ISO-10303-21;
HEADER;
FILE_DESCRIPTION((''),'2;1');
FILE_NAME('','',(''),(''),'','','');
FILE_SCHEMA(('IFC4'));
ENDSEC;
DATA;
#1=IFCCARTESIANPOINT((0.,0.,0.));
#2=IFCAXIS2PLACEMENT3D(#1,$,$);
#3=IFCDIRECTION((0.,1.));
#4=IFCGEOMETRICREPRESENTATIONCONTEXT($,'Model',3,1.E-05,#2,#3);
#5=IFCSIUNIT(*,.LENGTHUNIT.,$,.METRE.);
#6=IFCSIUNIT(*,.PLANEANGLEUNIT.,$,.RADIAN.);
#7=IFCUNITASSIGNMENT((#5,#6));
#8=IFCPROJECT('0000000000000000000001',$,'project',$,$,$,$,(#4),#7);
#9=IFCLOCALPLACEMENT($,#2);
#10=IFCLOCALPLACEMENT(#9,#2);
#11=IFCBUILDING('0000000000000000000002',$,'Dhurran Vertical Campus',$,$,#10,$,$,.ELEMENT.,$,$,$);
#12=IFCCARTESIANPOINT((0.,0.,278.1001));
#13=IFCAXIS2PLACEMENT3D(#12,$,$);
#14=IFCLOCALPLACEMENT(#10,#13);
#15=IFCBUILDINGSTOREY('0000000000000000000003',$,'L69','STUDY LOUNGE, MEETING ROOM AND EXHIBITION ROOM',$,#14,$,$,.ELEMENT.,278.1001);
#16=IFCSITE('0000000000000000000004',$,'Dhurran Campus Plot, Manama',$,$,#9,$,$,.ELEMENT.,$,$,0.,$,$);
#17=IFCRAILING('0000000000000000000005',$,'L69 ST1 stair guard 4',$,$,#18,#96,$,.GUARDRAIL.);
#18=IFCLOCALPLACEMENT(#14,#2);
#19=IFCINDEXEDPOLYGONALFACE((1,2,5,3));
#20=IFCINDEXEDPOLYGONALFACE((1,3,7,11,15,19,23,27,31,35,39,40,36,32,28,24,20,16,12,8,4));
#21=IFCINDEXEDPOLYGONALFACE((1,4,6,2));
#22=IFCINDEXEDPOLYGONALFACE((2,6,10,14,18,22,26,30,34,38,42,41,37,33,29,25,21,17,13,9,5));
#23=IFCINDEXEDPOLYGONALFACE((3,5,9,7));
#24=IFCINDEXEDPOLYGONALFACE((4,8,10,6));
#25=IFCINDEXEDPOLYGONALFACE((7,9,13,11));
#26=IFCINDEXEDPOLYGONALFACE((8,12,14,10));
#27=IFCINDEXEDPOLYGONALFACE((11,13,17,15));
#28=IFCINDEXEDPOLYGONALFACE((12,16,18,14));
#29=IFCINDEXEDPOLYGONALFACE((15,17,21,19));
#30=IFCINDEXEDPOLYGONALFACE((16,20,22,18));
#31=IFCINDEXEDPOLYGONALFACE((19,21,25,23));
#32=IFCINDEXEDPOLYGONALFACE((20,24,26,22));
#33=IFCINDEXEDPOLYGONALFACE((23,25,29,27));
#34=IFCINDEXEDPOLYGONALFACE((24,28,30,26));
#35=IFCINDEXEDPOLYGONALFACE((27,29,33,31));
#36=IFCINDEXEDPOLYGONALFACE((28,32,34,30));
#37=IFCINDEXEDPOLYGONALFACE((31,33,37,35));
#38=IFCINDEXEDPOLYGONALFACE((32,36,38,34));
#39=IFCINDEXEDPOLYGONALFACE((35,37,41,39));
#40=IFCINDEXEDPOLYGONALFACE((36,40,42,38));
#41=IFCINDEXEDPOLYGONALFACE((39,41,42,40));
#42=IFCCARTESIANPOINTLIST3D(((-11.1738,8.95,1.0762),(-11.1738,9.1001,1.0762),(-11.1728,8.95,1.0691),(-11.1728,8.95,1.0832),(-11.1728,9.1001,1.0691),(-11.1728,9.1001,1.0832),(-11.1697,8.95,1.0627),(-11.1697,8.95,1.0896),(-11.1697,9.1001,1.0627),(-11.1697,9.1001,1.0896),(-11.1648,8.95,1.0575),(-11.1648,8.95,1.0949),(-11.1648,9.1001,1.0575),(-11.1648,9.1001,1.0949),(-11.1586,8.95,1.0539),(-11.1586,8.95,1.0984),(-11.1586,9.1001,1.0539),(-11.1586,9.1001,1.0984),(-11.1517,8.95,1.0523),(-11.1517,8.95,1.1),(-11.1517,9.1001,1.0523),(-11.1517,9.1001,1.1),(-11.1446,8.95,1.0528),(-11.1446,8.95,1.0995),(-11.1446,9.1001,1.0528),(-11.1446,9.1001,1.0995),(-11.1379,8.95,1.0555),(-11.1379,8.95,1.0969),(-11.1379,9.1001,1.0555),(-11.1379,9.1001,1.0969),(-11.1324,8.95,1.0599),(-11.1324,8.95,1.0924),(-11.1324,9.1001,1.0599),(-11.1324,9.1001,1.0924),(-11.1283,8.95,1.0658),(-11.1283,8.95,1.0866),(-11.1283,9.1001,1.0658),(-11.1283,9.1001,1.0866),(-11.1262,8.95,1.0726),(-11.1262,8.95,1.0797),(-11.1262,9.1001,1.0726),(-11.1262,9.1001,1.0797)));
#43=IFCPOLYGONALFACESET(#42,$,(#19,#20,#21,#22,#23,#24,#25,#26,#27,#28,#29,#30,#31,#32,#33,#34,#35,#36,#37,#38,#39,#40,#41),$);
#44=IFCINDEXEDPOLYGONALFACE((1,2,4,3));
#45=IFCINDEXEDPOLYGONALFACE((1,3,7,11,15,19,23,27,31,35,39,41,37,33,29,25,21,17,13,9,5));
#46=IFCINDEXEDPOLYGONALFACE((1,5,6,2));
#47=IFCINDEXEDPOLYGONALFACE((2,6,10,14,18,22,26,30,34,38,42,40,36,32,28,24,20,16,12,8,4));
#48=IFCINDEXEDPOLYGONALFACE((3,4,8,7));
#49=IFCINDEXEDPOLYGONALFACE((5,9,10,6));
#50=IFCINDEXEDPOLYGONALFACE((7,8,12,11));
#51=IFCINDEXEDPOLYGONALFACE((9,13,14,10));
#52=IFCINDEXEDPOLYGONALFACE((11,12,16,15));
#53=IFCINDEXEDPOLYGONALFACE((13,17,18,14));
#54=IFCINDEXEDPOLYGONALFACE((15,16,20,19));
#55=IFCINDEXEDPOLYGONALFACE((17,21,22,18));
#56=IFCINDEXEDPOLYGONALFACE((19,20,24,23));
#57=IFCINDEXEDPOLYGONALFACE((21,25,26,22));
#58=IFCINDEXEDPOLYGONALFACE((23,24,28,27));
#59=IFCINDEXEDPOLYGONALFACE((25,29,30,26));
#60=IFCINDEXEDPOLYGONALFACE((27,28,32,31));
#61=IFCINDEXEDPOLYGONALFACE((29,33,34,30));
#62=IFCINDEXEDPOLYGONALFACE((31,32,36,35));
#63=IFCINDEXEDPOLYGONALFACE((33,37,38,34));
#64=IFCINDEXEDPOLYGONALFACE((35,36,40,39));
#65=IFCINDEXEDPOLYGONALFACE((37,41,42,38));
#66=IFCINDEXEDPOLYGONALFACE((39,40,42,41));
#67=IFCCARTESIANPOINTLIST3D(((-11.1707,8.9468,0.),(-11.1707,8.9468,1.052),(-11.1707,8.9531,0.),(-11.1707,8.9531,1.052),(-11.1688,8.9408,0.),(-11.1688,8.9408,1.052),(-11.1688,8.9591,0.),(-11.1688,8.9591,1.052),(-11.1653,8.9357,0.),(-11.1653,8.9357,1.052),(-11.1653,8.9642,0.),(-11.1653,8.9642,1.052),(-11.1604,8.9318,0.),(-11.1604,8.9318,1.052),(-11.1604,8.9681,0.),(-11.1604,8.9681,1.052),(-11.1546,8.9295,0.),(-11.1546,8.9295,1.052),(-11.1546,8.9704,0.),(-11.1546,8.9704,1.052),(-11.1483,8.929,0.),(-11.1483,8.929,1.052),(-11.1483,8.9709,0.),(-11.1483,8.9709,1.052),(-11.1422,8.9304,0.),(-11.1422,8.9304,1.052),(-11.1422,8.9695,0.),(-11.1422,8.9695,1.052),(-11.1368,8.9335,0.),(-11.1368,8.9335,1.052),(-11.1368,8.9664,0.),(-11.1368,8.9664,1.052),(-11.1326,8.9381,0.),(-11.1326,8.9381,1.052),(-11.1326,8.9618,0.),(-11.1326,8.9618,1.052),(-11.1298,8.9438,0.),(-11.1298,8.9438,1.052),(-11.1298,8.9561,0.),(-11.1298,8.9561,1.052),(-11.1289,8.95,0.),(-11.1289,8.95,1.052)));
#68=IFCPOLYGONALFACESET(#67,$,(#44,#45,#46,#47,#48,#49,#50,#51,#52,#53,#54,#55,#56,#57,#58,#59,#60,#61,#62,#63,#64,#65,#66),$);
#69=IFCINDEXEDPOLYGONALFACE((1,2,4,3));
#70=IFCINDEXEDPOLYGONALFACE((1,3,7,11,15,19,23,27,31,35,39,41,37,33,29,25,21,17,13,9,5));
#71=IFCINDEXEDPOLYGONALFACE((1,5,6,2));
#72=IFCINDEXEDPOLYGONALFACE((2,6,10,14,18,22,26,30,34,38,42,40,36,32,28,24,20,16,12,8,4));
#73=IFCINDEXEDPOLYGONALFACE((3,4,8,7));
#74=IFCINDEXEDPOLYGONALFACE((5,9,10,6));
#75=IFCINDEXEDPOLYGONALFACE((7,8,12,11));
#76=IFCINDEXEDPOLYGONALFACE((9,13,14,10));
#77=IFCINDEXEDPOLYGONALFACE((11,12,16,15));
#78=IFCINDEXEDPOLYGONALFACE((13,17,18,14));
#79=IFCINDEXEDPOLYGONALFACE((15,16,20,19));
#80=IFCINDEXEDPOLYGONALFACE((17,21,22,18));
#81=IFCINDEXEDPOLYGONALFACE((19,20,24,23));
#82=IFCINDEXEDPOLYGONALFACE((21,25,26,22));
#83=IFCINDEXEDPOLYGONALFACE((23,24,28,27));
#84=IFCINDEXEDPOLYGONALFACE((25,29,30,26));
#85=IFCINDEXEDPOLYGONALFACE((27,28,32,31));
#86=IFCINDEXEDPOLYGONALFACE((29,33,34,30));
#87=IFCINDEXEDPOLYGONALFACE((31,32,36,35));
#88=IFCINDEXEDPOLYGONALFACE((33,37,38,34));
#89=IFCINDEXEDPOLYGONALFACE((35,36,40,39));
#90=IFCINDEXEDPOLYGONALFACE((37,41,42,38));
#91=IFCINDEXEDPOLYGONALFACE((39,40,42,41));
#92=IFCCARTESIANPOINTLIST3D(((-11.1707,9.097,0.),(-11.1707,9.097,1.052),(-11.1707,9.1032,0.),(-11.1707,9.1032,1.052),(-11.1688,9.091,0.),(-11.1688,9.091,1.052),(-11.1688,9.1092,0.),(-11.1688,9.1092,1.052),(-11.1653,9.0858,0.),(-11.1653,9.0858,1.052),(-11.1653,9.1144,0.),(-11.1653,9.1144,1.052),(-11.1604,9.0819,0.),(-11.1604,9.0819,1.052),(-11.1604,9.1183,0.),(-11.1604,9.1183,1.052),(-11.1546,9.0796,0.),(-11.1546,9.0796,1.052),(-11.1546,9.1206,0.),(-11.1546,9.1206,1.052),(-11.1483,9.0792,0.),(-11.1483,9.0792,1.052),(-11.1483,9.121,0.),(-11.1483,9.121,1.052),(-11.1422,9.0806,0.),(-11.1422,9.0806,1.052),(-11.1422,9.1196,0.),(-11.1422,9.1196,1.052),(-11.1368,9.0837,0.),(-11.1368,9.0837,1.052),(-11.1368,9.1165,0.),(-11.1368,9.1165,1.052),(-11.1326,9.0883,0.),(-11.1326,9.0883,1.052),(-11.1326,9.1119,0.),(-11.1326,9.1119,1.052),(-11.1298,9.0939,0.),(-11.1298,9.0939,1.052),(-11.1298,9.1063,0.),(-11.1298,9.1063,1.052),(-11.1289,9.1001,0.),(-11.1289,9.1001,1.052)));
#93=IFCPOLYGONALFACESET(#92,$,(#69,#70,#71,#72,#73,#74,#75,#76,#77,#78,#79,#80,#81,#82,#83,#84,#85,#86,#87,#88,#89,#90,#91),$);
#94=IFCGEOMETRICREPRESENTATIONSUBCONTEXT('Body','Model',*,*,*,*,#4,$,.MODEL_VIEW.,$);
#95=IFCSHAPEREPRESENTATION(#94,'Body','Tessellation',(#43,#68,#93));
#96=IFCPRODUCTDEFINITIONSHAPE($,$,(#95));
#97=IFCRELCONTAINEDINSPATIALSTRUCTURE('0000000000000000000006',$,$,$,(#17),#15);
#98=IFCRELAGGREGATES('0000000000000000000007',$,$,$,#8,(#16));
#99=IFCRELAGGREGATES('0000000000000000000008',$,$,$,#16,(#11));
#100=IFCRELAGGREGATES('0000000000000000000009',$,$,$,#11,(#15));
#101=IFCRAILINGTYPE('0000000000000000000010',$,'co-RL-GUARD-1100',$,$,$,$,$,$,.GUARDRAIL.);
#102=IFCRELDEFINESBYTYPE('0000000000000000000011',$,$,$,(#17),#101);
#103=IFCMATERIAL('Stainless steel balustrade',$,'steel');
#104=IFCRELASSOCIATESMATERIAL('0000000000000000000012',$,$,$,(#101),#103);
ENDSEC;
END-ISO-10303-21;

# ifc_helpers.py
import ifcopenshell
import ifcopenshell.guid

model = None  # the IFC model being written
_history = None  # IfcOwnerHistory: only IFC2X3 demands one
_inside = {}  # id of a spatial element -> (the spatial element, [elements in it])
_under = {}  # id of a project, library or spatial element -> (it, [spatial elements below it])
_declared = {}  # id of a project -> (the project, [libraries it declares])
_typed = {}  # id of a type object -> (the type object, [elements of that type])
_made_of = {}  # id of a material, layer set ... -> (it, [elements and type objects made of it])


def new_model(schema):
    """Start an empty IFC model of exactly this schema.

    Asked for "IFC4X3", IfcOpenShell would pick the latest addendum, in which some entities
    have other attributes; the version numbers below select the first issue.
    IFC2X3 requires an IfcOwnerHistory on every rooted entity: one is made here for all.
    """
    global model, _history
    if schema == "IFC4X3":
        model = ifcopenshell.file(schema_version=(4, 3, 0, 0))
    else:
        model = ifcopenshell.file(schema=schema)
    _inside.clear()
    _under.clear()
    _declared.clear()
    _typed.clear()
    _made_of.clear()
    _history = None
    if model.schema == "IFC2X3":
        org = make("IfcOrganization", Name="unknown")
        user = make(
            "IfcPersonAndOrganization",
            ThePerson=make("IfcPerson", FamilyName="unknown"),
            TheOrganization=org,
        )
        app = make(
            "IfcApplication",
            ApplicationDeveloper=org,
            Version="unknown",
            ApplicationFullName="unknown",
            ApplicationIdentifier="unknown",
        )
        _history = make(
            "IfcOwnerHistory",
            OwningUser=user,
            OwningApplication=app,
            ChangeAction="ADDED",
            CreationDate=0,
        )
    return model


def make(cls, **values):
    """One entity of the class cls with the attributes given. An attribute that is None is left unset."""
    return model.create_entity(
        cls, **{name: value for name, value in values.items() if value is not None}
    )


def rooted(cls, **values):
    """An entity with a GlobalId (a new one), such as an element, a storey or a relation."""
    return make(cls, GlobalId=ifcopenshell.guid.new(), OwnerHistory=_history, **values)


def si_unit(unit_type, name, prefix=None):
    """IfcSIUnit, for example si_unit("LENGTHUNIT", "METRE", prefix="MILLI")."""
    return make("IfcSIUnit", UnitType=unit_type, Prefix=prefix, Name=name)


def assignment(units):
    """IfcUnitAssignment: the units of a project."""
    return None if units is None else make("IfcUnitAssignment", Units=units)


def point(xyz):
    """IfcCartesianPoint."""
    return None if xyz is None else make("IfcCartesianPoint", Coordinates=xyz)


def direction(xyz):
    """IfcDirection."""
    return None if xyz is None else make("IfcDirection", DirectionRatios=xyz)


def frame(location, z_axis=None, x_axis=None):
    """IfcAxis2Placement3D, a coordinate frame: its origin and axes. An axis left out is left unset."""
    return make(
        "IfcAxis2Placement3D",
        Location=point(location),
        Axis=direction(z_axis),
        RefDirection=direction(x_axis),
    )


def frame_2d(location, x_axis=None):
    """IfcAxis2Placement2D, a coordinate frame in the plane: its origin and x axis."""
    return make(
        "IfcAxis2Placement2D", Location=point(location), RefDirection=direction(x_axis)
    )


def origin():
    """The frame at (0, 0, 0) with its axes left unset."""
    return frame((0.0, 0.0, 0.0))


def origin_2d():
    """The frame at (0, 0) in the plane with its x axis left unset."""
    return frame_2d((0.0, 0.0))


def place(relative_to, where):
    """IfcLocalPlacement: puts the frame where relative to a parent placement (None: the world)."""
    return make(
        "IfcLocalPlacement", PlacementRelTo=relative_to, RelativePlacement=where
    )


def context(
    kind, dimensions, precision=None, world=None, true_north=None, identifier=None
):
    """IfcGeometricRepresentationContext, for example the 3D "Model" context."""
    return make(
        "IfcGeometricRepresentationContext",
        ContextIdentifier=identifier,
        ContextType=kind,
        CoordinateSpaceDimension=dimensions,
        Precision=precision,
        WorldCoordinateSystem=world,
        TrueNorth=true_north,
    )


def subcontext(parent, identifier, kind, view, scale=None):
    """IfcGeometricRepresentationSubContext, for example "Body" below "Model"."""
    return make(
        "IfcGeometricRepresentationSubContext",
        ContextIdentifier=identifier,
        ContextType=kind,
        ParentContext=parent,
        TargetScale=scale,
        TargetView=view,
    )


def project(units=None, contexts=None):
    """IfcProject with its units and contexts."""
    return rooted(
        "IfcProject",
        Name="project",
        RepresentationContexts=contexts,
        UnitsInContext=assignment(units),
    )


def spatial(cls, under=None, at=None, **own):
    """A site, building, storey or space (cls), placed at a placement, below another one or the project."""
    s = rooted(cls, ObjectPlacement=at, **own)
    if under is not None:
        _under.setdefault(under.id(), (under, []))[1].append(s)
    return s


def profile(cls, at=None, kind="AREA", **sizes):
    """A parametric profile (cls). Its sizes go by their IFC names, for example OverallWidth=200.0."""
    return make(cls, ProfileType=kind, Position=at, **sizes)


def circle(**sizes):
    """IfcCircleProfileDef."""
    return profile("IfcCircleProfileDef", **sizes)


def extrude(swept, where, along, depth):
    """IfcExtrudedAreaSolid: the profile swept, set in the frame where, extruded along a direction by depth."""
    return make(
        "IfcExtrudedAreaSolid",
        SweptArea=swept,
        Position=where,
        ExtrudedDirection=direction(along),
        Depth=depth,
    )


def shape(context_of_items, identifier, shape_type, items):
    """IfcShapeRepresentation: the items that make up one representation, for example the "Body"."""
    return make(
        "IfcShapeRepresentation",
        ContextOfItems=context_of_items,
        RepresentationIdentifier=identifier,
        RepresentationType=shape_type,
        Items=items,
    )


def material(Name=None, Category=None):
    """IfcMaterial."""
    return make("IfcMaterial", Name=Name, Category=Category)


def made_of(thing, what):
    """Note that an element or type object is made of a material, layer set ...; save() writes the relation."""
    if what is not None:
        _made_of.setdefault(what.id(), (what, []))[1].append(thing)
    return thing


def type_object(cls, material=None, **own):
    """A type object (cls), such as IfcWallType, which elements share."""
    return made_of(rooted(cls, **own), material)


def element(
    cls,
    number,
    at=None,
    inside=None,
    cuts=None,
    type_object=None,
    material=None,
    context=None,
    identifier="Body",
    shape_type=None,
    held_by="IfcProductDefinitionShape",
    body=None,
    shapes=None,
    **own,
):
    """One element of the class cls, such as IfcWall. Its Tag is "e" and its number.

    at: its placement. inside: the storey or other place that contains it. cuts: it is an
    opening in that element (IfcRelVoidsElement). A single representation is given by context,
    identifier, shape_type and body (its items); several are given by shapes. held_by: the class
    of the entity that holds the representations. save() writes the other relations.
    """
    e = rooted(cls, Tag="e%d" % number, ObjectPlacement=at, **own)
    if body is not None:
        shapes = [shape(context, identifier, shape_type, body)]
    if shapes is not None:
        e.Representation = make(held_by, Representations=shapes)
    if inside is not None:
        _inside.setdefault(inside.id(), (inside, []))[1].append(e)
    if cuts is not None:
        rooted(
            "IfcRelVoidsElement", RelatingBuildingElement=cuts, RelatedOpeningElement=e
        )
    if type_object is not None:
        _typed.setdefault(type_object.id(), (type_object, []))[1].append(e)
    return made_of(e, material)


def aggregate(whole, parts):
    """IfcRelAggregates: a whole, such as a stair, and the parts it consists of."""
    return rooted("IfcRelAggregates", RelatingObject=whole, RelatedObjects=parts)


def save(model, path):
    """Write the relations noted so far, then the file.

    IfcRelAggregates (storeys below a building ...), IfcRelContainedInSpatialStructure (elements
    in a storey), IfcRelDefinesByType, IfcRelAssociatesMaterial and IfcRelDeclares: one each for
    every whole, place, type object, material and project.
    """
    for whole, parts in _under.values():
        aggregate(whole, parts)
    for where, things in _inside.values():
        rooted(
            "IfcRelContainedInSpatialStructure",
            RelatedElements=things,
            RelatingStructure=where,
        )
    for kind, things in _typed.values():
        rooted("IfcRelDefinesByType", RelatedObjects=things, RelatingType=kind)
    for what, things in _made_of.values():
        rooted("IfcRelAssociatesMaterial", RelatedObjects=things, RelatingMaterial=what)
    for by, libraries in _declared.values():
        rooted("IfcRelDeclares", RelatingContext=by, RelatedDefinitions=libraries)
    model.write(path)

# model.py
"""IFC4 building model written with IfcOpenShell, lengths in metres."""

from ifc_helpers import new_model, si_unit, direction, frame, origin, origin_2d, place, context, subcontext, project, spatial, circle, extrude, material, type_object, element, save


model = new_model("IFC4")

# Units and contexts
model_context = context("Model", 3, precision=1e-05, world=origin(), true_north=direction((0.0, 1.0)))
body_context = subcontext(model_context, "Body", "Model", "MODEL_VIEW")
ifc_project = project(units=[si_unit("LENGTHUNIT", "METRE"), si_unit("PLANEANGLEUNIT", "RADIAN")], contexts=[model_context])

# Site, building, storey
site_placement = place(None, origin())
site = spatial("IfcSite", under=ifc_project, at=site_placement, Name="Dhurran Campus Plot, Manama", CompositionType="ELEMENT", RefElevation=0.0)
building_placement = place(site_placement, origin())
building = spatial("IfcBuilding", under=site, at=building_placement, Name="Dhurran Vertical Campus", CompositionType="ELEMENT")
storey_placement = place(building_placement, frame((0.0, 0.0, 278.1001)))
storey = spatial("IfcBuildingStorey", under=building, at=storey_placement, Name="L69", Description="STUDY LOUNGE, MEETING ROOM AND EXHIBITION ROOM", CompositionType="ELEMENT", Elevation=278.1001)

# Railing
ifc_material_1 = material(Name="Stainless steel balustrade", Category="steel")
railing_type_1 = type_object("IfcRailingType", Name="co-RL-GUARD-1100", PredefinedType="GUARDRAIL", material=ifc_material_1)
railing_1_placement = place(storey_placement, frame((-11.1499, 8.95, 0.0)))
element("IfcRailing", 1, at=railing_1_placement, inside=storey, type_object=railing_type_1, Name="L69 ST1 stair guard 4", PredefinedType="GUARDRAIL", context=body_context, shape_type="SweptSolid", body=[
    extrude(circle(Radius=0.0239, at=origin_2d()), frame((0.0, 0.0, 1.0762), z_axis=(0.0, 1.0, 0.0), x_axis=(-1.0, 0.0, 0.0)), (0.0, 0.0, 1.0), 0.1501),
    extrude(circle(Radius=0.021, at=origin_2d()), origin(), (0.0, 0.0, 1.0), 1.052),
    extrude(circle(Radius=0.021, at=origin_2d()), frame((0.0, 0.1501, 0.0)), (0.0, 0.0, 1.0), 1.052),
])

save(model, "model.ifc")
